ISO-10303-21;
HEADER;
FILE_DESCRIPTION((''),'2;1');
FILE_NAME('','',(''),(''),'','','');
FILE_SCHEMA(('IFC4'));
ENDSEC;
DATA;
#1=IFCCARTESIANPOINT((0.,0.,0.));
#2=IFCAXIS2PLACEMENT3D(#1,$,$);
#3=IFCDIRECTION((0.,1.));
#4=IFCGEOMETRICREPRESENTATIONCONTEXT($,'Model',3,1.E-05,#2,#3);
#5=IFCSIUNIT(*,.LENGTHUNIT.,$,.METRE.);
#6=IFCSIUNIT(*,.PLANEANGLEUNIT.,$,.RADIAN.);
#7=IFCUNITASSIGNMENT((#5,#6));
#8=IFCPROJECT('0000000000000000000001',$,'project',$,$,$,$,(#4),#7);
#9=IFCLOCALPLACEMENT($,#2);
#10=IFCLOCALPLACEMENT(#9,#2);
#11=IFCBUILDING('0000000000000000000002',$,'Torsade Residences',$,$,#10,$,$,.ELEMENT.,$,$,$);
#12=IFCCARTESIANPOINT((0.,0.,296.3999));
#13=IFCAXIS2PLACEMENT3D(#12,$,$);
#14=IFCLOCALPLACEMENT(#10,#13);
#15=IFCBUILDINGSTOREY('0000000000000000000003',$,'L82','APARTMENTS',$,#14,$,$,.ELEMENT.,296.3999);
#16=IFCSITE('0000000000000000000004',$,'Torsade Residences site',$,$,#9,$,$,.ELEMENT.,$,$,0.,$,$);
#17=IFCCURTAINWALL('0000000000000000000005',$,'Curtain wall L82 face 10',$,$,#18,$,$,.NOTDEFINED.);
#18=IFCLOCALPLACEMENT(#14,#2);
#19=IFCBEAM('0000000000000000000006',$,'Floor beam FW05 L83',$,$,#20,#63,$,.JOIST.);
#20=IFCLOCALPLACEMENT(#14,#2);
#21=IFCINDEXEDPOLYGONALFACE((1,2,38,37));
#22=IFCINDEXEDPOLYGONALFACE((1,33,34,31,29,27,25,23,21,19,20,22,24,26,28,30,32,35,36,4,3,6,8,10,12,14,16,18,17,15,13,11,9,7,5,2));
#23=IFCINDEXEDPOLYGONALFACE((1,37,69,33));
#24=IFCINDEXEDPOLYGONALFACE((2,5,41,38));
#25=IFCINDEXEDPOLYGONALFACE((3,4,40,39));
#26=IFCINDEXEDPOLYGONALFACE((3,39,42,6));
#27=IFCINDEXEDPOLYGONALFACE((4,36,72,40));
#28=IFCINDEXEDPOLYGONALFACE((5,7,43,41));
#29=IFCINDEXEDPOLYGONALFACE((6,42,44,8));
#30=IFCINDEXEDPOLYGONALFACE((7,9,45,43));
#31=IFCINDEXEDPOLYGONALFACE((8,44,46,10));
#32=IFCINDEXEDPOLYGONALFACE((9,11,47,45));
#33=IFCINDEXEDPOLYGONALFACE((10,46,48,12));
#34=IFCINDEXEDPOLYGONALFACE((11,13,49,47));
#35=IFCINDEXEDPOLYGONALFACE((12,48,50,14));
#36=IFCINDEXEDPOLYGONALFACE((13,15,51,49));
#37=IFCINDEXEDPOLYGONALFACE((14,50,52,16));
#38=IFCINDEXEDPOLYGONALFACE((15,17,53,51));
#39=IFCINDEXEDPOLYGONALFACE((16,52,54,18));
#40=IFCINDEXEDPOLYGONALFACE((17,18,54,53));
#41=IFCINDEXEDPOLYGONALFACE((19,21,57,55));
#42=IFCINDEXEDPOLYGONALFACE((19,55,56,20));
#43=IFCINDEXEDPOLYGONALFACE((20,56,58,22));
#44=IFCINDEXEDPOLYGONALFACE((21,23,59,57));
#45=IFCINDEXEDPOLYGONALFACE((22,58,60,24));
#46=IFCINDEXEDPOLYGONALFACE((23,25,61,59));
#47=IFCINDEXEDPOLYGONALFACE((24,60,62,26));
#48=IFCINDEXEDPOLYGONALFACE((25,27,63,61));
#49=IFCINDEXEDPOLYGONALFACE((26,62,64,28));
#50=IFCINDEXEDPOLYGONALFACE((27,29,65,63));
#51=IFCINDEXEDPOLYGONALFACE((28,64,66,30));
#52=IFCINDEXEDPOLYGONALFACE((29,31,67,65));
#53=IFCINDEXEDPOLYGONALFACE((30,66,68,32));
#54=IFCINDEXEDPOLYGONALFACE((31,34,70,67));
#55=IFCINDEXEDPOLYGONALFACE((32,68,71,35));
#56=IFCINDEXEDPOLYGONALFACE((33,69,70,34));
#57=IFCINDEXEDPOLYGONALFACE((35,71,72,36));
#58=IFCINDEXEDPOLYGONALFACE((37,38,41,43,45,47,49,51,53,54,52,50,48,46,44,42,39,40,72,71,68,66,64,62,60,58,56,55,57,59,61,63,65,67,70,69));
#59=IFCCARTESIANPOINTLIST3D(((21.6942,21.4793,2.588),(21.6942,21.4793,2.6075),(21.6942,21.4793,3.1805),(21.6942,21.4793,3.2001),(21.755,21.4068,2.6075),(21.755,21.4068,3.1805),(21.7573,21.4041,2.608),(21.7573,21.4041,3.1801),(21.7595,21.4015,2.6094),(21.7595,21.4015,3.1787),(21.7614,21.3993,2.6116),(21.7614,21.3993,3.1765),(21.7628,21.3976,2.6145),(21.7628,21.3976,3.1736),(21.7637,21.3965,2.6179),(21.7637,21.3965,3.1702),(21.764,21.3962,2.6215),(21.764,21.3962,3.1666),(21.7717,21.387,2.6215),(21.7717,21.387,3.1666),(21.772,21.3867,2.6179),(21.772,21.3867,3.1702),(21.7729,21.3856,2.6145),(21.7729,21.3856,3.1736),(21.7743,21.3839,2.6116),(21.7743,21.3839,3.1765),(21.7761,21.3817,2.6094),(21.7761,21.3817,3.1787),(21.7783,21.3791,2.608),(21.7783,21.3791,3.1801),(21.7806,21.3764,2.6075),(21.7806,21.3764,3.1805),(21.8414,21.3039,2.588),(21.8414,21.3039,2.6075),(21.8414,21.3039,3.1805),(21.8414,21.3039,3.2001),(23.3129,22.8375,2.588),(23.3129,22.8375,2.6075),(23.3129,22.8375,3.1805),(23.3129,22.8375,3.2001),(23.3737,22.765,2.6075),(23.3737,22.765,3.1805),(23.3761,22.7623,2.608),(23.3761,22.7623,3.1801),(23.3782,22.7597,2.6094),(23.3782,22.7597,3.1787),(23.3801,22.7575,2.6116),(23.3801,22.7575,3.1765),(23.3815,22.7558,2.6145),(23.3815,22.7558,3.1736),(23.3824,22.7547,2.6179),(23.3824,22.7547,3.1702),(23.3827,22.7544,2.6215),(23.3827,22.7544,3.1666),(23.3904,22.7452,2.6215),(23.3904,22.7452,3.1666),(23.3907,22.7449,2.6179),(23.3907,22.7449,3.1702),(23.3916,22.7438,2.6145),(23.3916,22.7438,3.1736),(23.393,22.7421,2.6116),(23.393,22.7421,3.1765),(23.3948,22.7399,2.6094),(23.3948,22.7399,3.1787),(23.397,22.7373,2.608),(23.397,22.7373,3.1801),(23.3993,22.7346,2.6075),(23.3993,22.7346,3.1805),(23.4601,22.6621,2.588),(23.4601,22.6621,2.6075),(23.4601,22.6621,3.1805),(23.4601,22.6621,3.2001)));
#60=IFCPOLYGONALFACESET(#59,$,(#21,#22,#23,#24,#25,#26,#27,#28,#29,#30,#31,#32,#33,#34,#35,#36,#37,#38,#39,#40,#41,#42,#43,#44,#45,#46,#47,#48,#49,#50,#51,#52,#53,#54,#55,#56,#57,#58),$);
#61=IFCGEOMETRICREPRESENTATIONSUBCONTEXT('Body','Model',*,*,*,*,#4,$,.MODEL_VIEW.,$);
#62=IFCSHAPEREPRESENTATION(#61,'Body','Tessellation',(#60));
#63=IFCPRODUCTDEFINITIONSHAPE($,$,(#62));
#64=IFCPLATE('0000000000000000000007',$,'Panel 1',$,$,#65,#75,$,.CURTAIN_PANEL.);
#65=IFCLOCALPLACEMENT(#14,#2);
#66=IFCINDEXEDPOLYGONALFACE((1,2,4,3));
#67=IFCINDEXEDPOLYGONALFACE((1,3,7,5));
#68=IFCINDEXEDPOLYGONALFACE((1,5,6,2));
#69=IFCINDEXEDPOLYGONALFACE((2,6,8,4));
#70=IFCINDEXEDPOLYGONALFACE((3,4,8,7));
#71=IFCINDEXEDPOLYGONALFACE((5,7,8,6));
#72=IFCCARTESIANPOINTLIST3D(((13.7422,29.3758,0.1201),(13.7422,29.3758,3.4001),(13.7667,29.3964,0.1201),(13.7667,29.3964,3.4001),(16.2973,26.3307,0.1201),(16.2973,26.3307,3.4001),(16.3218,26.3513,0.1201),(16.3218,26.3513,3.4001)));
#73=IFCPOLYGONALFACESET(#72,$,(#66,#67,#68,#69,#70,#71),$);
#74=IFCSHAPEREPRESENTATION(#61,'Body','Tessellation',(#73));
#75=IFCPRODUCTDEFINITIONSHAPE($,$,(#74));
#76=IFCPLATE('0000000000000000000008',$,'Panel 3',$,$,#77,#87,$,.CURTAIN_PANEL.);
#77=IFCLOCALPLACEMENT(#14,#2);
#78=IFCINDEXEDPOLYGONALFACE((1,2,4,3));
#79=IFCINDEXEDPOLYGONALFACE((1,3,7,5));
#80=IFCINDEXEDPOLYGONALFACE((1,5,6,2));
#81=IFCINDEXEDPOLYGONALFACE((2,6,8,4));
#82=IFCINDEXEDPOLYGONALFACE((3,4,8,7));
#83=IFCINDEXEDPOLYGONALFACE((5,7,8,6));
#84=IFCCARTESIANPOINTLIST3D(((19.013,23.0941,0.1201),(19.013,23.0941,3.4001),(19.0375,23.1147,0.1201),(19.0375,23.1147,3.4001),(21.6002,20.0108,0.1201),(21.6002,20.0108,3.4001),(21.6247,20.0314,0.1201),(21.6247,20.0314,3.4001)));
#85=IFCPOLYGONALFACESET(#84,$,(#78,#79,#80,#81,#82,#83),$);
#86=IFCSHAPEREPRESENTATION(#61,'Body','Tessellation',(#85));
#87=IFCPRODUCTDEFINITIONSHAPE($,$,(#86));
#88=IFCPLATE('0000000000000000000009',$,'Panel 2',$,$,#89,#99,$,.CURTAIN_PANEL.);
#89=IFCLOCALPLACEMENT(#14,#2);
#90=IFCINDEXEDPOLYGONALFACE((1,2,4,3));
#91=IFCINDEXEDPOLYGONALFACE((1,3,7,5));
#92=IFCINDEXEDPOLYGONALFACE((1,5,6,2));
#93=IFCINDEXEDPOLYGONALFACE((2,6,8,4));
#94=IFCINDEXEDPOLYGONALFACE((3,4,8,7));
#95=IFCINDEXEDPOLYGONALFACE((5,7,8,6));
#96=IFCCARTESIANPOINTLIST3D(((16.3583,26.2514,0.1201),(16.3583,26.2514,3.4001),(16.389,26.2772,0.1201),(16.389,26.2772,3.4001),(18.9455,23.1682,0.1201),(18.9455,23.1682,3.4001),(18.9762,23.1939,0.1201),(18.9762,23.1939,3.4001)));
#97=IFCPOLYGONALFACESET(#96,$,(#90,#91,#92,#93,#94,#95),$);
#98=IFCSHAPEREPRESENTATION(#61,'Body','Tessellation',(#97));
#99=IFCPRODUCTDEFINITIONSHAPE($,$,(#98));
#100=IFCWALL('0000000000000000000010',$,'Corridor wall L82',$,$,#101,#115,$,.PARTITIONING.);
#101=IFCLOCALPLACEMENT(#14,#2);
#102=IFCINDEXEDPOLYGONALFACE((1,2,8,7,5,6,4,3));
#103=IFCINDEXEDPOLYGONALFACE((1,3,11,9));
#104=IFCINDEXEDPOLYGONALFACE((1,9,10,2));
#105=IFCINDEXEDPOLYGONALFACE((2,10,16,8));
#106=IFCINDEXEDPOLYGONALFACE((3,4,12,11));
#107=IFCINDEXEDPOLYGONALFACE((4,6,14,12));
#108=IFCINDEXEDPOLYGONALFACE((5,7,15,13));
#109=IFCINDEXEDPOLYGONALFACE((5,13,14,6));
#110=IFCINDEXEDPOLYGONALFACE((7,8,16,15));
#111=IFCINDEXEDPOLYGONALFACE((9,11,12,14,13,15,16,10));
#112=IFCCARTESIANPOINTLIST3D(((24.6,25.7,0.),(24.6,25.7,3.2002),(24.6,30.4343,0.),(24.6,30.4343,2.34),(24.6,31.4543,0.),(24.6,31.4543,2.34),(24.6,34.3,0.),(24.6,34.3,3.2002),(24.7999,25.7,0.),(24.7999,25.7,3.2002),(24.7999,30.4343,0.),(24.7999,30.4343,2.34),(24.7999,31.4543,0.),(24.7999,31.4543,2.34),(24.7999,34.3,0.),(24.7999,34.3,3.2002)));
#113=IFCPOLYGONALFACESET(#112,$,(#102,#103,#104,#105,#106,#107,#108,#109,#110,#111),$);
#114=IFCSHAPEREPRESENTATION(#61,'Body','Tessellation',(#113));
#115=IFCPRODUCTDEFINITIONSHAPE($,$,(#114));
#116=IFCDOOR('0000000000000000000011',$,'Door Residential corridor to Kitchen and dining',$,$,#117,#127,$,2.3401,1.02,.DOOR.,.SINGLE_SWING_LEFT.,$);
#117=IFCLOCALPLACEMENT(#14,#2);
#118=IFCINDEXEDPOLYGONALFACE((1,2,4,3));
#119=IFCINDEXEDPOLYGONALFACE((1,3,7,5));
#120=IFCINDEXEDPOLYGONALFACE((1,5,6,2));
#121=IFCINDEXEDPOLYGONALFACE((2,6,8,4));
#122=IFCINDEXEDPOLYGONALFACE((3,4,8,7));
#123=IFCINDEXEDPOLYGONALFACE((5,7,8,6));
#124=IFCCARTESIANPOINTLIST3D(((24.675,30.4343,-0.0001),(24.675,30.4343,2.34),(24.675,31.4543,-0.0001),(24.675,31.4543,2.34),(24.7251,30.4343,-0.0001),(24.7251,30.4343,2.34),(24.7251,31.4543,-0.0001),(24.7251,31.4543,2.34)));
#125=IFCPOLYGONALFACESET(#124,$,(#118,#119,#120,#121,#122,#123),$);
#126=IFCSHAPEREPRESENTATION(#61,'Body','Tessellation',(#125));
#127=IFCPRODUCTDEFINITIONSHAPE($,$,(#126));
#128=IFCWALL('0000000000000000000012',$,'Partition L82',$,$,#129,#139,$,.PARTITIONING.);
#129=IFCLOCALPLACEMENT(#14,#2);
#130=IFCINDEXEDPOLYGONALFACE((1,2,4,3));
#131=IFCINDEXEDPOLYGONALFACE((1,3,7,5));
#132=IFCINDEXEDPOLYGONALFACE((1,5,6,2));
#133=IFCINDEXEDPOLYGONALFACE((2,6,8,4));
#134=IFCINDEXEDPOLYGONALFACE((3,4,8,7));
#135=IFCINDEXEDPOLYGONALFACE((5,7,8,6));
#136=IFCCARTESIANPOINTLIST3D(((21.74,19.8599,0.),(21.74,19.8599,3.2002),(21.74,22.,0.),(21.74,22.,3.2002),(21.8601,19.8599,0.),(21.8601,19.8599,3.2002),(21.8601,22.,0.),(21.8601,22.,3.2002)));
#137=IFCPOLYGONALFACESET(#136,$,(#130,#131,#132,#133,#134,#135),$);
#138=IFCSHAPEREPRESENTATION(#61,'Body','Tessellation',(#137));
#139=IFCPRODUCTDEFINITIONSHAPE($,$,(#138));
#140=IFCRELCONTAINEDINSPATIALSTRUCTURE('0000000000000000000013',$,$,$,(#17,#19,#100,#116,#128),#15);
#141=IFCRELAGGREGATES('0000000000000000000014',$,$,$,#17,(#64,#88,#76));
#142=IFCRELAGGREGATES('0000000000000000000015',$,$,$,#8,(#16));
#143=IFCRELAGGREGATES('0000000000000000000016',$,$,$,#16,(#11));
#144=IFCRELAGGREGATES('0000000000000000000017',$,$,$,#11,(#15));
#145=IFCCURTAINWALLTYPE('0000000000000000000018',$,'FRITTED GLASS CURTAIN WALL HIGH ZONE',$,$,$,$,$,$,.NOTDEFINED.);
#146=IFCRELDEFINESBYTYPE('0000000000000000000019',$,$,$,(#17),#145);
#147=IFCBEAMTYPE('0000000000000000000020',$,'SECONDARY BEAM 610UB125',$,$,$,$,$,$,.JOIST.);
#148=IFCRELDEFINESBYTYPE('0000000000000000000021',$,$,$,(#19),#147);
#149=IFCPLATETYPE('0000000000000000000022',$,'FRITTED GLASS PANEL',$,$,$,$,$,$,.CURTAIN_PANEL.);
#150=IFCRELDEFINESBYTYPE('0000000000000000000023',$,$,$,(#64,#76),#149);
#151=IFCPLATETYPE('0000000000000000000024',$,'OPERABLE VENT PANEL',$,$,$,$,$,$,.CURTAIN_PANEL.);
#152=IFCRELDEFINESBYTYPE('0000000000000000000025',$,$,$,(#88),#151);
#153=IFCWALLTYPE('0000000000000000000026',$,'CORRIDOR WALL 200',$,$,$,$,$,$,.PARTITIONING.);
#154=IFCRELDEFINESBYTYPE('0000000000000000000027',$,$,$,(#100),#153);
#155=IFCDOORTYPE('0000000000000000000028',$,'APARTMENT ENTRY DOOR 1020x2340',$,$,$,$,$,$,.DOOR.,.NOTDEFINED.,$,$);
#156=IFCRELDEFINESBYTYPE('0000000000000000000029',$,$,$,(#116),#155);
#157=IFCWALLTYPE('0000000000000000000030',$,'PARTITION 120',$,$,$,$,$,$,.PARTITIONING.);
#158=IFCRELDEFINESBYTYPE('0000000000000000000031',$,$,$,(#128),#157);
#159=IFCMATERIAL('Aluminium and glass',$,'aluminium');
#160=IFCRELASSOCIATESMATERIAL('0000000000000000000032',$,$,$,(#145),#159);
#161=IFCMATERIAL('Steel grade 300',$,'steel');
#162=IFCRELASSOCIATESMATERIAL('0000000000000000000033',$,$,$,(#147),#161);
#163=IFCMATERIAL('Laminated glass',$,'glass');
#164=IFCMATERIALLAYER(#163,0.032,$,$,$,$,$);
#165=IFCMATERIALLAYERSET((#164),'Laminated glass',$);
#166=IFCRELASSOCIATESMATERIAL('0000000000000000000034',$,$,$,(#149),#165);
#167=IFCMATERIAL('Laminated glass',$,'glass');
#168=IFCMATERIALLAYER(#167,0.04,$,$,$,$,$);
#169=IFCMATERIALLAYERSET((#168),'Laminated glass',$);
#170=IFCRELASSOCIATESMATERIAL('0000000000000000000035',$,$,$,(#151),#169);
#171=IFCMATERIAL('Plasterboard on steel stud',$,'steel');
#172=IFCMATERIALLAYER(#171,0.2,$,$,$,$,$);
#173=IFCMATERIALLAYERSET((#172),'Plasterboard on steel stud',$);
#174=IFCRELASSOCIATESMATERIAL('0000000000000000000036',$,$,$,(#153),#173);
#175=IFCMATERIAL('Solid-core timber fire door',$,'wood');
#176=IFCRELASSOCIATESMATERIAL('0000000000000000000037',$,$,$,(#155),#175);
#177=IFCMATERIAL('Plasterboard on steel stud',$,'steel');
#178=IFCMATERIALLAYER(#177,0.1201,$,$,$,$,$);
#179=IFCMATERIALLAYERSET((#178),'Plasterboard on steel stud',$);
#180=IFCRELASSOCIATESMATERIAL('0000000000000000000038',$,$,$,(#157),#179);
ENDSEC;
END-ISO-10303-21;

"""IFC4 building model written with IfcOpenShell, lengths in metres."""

from ifc_helpers import new_model, si_unit, direction, frame, frame_2d, origin, origin_2d, place, context, subcontext, project, spatial, rectangle, i_section, extrude, material, layer, layer_set, material_profile, profile_set, type_object, element, fill, aggregate, save


model = new_model("IFC4")

# Units and contexts
model_context = context("Model", 3, precision=1e-05, world=origin(), true_north=direction((0.0, 1.0)))
body_context = subcontext(model_context, "Body", "Model", "MODEL_VIEW")
ifc_project = project(units=[si_unit("LENGTHUNIT", "METRE"), si_unit("PLANEANGLEUNIT", "RADIAN")], contexts=[model_context])

# Site, building, storey
site_placement = place(None, origin())
site = spatial("IfcSite", under=ifc_project, at=site_placement, Name="Torsade Residences site", CompositionType="ELEMENT", RefElevation=0.0)
building_placement = place(site_placement, origin())
building = spatial("IfcBuilding", under=site, at=building_placement, Name="Torsade Residences", CompositionType="ELEMENT")
storey_placement = place(building_placement, frame((0.0, 0.0, 296.3999)))
storey = spatial("IfcBuildingStorey", under=building, at=storey_placement, Name="L82", Description="APARTMENTS", CompositionType="ELEMENT", Elevation=296.3999)

# Curtain wall
ifc_material_1 = material(Name="Aluminium and glass", Category="aluminium")
curtain_wall_type = type_object("IfcCurtainWallType", Name="FRITTED GLASS CURTAIN WALL HIGH ZONE", PredefinedType="NOTDEFINED", material=ifc_material_1)
curtain_wall_placement = place(storey_placement, origin())
curtain_wall = element("IfcCurtainWall", 1, at=curtain_wall_placement, inside=storey, type_object=curtain_wall_type, Name="Curtain wall L82 face 10", PredefinedType="NOTDEFINED")

# Beam
ifc_material_2 = material(Name="Steel grade 300", Category="steel")
ifc_material_profile_1 = material_profile(ifc_material_2, i_section(OverallWidth=0.229, OverallDepth=0.6121, WebThickness=0.012, FlangeThickness=0.0195, FilletRadius=0.0139, at=origin_2d()), Name="610UB125")
ifc_profile_set_1 = profile_set([ifc_material_profile_1], Name="Steel grade 300")
beam_type_1 = type_object("IfcBeamType", Name="SECONDARY BEAM 610UB125", PredefinedType="JOIST", material=ifc_profile_set_1)
beam_1_placement = place(storey_placement, frame((21.7678, 21.3916, 2.894), z_axis=(0.766058, 0.642772, 0.0), x_axis=(-0.642772, 0.766058, 0.0)))
element("IfcBeam", 2, at=beam_1_placement, inside=storey, type_object=beam_type_1, Name="Floor beam FW05 L83", PredefinedType="JOIST", context=body_context, shape_type="SweptSolid", body=[
    extrude(i_section(OverallWidth=0.229, OverallDepth=0.6121, WebThickness=0.012, FlangeThickness=0.0195, FilletRadius=0.0139, at=origin_2d()), origin(), (0.0, 0.0, 1.0), 2.113),
])

# Plates
ifc_material_3 = material(Name="Laminated glass", Category="glass")
ifc_layer_1 = layer(ifc_material_3, 0.032)
ifc_layer_set_1 = layer_set([ifc_layer_1], Name="Laminated glass")
plate_type_1 = type_object("IfcPlateType", Name="FRITTED GLASS PANEL", PredefinedType="CURTAIN_PANEL", material=ifc_layer_set_1)
plate_1_placement = place(storey_placement, frame((15.032, 27.8635, 0.1201), z_axis=(0.0, 0.0, 1.0), x_axis=(0.642788, -0.766044, 0.0)))
plate_1 = element("IfcPlate", 3, at=plate_1_placement, type_object=plate_type_1, Name="Panel 1", PredefinedType="CURTAIN_PANEL", context=body_context, shape_type="SweptSolid", body=[
    extrude(rectangle(XDim=3.9751, YDim=0.032, at=origin_2d()), origin(), (0.0, 0.0, 1.0), 3.28),
])
plate_2_placement = place(storey_placement, frame((20.3188, 21.5627, 0.1201), z_axis=(0.0, 0.0, 1.0), x_axis=(0.642788, -0.766044, 0.0)))
plate_2 = element("IfcPlate", 4, at=plate_2_placement, type_object=plate_type_1, Name="Panel 3", PredefinedType="CURTAIN_PANEL", context=body_context, shape_type="SweptSolid", body=[
    extrude(rectangle(XDim=4.0249, YDim=0.032, at=origin_2d()), origin(), (0.0, 0.0, 1.0), 3.28),
])
ifc_material_4 = material(Name="Laminated glass", Category="glass")
ifc_layer_2 = layer(ifc_material_4, 0.04)
ifc_layer_set_2 = layer_set([ifc_layer_2], Name="Laminated glass")
plate_type_2 = type_object("IfcPlateType", Name="OPERABLE VENT PANEL", PredefinedType="CURTAIN_PANEL", material=ifc_layer_set_2)
plate_3_placement = place(storey_placement, frame((17.6672, 24.7227, 0.1201), z_axis=(0.0, 0.0, 1.0), x_axis=(0.642788, -0.766044, 0.0)))
plate_3 = element("IfcPlate", 5, at=plate_3_placement, type_object=plate_type_2, Name="Panel 2", PredefinedType="CURTAIN_PANEL", context=body_context, shape_type="SweptSolid", body=[
    extrude(rectangle(XDim=4.0249, YDim=0.04, at=origin_2d()), origin(), (0.0, 0.0, 1.0), 3.28),
])
aggregate(curtain_wall, [plate_1, plate_3, plate_2])

# Wall, opening, door
ifc_material_5 = material(Name="Plasterboard on steel stud", Category="steel")
ifc_layer_3 = layer(ifc_material_5, 0.2)
ifc_layer_set_3 = layer_set([ifc_layer_3], Name="Plasterboard on steel stud")
wall_type_1 = type_object("IfcWallType", Name="CORRIDOR WALL 200", PredefinedType="PARTITIONING", material=ifc_layer_set_3)
wall_1_placement = place(storey_placement, frame((24.7, 25.7, 0.0), z_axis=(0.0, 0.0, 1.0), x_axis=(0.0, 1.0, 0.0)))
wall_1 = element("IfcWall", 6, at=wall_1_placement, inside=storey, type_object=wall_type_1, Name="Corridor wall L82", PredefinedType="PARTITIONING", context=body_context, shape_type="SweptSolid", body=[
    extrude(rectangle(XDim=8.6001, YDim=0.2, at=frame_2d((4.3, 0.0))), origin(), (0.0, 0.0, 1.0), 3.2002),
])
opening_1_placement = place(wall_1_placement, frame((4.7344, 0.0, 0.0)))
opening_1 = element("IfcOpeningElement", 7, at=opening_1_placement, cuts=wall_1, PredefinedType="OPENING", context=body_context, shape_type="SweptSolid", body=[
    extrude(rectangle(XDim=1.02, YDim=2.3401, at=frame_2d((0.51, 1.1699))), frame((0.0, 0.1099, 0.0), z_axis=(0.0, -1.0, 0.0), x_axis=(1.0, 0.0, 0.0)), (0.0, 0.0, 1.0), 0.22),
])
ifc_material_6 = material(Name="Solid-core timber fire door", Category="wood")
door_type_1 = type_object("IfcDoorType", Name="APARTMENT ENTRY DOOR 1020x2340", OperationType="NOTDEFINED", PredefinedType="DOOR", material=ifc_material_6)
door_1_placement = place(opening_1_placement, origin())
door_1 = element("IfcDoor", 8, at=door_1_placement, inside=storey, type_object=door_type_1, Name="Door Residential corridor to Kitchen and dining", OperationType="SINGLE_SWING_LEFT", OverallHeight=2.3401, OverallWidth=1.02, PredefinedType="DOOR", context=body_context, shape_type="SweptSolid", body=[
    extrude(rectangle(XDim=1.02, YDim=2.3401, at=frame_2d((0.51, 1.1699))), frame((0.0, 0.0249, 0.0), z_axis=(0.0, -1.0, 0.0), x_axis=(1.0, 0.0, 0.0)), (0.0, 0.0, 1.0), 0.05),
])
fill(opening_1, door_1)

# Wall
ifc_material_7 = material(Name="Plasterboard on steel stud", Category="steel")
ifc_layer_4 = layer(ifc_material_7, 0.1201)
ifc_layer_set_4 = layer_set([ifc_layer_4], Name="Plasterboard on steel stud")
wall_type_2 = type_object("IfcWallType", Name="PARTITION 120", PredefinedType="PARTITIONING", material=ifc_layer_set_4)
wall_2_placement = place(storey_placement, frame((21.8, 22.0, 0.0), z_axis=(0.0, 0.0, 1.0), x_axis=(0.0, -1.0, 0.0)))
element("IfcWall", 9, at=wall_2_placement, inside=storey, type_object=wall_type_2, Name="Partition L82", PredefinedType="PARTITIONING", context=body_context, shape_type="SweptSolid", body=[
    extrude(rectangle(XDim=2.1401, YDim=0.1201, at=frame_2d((1.0701, 0.0))), origin(), (0.0, 0.0, 1.0), 3.2002),
])

save(model, "model.ifc")
